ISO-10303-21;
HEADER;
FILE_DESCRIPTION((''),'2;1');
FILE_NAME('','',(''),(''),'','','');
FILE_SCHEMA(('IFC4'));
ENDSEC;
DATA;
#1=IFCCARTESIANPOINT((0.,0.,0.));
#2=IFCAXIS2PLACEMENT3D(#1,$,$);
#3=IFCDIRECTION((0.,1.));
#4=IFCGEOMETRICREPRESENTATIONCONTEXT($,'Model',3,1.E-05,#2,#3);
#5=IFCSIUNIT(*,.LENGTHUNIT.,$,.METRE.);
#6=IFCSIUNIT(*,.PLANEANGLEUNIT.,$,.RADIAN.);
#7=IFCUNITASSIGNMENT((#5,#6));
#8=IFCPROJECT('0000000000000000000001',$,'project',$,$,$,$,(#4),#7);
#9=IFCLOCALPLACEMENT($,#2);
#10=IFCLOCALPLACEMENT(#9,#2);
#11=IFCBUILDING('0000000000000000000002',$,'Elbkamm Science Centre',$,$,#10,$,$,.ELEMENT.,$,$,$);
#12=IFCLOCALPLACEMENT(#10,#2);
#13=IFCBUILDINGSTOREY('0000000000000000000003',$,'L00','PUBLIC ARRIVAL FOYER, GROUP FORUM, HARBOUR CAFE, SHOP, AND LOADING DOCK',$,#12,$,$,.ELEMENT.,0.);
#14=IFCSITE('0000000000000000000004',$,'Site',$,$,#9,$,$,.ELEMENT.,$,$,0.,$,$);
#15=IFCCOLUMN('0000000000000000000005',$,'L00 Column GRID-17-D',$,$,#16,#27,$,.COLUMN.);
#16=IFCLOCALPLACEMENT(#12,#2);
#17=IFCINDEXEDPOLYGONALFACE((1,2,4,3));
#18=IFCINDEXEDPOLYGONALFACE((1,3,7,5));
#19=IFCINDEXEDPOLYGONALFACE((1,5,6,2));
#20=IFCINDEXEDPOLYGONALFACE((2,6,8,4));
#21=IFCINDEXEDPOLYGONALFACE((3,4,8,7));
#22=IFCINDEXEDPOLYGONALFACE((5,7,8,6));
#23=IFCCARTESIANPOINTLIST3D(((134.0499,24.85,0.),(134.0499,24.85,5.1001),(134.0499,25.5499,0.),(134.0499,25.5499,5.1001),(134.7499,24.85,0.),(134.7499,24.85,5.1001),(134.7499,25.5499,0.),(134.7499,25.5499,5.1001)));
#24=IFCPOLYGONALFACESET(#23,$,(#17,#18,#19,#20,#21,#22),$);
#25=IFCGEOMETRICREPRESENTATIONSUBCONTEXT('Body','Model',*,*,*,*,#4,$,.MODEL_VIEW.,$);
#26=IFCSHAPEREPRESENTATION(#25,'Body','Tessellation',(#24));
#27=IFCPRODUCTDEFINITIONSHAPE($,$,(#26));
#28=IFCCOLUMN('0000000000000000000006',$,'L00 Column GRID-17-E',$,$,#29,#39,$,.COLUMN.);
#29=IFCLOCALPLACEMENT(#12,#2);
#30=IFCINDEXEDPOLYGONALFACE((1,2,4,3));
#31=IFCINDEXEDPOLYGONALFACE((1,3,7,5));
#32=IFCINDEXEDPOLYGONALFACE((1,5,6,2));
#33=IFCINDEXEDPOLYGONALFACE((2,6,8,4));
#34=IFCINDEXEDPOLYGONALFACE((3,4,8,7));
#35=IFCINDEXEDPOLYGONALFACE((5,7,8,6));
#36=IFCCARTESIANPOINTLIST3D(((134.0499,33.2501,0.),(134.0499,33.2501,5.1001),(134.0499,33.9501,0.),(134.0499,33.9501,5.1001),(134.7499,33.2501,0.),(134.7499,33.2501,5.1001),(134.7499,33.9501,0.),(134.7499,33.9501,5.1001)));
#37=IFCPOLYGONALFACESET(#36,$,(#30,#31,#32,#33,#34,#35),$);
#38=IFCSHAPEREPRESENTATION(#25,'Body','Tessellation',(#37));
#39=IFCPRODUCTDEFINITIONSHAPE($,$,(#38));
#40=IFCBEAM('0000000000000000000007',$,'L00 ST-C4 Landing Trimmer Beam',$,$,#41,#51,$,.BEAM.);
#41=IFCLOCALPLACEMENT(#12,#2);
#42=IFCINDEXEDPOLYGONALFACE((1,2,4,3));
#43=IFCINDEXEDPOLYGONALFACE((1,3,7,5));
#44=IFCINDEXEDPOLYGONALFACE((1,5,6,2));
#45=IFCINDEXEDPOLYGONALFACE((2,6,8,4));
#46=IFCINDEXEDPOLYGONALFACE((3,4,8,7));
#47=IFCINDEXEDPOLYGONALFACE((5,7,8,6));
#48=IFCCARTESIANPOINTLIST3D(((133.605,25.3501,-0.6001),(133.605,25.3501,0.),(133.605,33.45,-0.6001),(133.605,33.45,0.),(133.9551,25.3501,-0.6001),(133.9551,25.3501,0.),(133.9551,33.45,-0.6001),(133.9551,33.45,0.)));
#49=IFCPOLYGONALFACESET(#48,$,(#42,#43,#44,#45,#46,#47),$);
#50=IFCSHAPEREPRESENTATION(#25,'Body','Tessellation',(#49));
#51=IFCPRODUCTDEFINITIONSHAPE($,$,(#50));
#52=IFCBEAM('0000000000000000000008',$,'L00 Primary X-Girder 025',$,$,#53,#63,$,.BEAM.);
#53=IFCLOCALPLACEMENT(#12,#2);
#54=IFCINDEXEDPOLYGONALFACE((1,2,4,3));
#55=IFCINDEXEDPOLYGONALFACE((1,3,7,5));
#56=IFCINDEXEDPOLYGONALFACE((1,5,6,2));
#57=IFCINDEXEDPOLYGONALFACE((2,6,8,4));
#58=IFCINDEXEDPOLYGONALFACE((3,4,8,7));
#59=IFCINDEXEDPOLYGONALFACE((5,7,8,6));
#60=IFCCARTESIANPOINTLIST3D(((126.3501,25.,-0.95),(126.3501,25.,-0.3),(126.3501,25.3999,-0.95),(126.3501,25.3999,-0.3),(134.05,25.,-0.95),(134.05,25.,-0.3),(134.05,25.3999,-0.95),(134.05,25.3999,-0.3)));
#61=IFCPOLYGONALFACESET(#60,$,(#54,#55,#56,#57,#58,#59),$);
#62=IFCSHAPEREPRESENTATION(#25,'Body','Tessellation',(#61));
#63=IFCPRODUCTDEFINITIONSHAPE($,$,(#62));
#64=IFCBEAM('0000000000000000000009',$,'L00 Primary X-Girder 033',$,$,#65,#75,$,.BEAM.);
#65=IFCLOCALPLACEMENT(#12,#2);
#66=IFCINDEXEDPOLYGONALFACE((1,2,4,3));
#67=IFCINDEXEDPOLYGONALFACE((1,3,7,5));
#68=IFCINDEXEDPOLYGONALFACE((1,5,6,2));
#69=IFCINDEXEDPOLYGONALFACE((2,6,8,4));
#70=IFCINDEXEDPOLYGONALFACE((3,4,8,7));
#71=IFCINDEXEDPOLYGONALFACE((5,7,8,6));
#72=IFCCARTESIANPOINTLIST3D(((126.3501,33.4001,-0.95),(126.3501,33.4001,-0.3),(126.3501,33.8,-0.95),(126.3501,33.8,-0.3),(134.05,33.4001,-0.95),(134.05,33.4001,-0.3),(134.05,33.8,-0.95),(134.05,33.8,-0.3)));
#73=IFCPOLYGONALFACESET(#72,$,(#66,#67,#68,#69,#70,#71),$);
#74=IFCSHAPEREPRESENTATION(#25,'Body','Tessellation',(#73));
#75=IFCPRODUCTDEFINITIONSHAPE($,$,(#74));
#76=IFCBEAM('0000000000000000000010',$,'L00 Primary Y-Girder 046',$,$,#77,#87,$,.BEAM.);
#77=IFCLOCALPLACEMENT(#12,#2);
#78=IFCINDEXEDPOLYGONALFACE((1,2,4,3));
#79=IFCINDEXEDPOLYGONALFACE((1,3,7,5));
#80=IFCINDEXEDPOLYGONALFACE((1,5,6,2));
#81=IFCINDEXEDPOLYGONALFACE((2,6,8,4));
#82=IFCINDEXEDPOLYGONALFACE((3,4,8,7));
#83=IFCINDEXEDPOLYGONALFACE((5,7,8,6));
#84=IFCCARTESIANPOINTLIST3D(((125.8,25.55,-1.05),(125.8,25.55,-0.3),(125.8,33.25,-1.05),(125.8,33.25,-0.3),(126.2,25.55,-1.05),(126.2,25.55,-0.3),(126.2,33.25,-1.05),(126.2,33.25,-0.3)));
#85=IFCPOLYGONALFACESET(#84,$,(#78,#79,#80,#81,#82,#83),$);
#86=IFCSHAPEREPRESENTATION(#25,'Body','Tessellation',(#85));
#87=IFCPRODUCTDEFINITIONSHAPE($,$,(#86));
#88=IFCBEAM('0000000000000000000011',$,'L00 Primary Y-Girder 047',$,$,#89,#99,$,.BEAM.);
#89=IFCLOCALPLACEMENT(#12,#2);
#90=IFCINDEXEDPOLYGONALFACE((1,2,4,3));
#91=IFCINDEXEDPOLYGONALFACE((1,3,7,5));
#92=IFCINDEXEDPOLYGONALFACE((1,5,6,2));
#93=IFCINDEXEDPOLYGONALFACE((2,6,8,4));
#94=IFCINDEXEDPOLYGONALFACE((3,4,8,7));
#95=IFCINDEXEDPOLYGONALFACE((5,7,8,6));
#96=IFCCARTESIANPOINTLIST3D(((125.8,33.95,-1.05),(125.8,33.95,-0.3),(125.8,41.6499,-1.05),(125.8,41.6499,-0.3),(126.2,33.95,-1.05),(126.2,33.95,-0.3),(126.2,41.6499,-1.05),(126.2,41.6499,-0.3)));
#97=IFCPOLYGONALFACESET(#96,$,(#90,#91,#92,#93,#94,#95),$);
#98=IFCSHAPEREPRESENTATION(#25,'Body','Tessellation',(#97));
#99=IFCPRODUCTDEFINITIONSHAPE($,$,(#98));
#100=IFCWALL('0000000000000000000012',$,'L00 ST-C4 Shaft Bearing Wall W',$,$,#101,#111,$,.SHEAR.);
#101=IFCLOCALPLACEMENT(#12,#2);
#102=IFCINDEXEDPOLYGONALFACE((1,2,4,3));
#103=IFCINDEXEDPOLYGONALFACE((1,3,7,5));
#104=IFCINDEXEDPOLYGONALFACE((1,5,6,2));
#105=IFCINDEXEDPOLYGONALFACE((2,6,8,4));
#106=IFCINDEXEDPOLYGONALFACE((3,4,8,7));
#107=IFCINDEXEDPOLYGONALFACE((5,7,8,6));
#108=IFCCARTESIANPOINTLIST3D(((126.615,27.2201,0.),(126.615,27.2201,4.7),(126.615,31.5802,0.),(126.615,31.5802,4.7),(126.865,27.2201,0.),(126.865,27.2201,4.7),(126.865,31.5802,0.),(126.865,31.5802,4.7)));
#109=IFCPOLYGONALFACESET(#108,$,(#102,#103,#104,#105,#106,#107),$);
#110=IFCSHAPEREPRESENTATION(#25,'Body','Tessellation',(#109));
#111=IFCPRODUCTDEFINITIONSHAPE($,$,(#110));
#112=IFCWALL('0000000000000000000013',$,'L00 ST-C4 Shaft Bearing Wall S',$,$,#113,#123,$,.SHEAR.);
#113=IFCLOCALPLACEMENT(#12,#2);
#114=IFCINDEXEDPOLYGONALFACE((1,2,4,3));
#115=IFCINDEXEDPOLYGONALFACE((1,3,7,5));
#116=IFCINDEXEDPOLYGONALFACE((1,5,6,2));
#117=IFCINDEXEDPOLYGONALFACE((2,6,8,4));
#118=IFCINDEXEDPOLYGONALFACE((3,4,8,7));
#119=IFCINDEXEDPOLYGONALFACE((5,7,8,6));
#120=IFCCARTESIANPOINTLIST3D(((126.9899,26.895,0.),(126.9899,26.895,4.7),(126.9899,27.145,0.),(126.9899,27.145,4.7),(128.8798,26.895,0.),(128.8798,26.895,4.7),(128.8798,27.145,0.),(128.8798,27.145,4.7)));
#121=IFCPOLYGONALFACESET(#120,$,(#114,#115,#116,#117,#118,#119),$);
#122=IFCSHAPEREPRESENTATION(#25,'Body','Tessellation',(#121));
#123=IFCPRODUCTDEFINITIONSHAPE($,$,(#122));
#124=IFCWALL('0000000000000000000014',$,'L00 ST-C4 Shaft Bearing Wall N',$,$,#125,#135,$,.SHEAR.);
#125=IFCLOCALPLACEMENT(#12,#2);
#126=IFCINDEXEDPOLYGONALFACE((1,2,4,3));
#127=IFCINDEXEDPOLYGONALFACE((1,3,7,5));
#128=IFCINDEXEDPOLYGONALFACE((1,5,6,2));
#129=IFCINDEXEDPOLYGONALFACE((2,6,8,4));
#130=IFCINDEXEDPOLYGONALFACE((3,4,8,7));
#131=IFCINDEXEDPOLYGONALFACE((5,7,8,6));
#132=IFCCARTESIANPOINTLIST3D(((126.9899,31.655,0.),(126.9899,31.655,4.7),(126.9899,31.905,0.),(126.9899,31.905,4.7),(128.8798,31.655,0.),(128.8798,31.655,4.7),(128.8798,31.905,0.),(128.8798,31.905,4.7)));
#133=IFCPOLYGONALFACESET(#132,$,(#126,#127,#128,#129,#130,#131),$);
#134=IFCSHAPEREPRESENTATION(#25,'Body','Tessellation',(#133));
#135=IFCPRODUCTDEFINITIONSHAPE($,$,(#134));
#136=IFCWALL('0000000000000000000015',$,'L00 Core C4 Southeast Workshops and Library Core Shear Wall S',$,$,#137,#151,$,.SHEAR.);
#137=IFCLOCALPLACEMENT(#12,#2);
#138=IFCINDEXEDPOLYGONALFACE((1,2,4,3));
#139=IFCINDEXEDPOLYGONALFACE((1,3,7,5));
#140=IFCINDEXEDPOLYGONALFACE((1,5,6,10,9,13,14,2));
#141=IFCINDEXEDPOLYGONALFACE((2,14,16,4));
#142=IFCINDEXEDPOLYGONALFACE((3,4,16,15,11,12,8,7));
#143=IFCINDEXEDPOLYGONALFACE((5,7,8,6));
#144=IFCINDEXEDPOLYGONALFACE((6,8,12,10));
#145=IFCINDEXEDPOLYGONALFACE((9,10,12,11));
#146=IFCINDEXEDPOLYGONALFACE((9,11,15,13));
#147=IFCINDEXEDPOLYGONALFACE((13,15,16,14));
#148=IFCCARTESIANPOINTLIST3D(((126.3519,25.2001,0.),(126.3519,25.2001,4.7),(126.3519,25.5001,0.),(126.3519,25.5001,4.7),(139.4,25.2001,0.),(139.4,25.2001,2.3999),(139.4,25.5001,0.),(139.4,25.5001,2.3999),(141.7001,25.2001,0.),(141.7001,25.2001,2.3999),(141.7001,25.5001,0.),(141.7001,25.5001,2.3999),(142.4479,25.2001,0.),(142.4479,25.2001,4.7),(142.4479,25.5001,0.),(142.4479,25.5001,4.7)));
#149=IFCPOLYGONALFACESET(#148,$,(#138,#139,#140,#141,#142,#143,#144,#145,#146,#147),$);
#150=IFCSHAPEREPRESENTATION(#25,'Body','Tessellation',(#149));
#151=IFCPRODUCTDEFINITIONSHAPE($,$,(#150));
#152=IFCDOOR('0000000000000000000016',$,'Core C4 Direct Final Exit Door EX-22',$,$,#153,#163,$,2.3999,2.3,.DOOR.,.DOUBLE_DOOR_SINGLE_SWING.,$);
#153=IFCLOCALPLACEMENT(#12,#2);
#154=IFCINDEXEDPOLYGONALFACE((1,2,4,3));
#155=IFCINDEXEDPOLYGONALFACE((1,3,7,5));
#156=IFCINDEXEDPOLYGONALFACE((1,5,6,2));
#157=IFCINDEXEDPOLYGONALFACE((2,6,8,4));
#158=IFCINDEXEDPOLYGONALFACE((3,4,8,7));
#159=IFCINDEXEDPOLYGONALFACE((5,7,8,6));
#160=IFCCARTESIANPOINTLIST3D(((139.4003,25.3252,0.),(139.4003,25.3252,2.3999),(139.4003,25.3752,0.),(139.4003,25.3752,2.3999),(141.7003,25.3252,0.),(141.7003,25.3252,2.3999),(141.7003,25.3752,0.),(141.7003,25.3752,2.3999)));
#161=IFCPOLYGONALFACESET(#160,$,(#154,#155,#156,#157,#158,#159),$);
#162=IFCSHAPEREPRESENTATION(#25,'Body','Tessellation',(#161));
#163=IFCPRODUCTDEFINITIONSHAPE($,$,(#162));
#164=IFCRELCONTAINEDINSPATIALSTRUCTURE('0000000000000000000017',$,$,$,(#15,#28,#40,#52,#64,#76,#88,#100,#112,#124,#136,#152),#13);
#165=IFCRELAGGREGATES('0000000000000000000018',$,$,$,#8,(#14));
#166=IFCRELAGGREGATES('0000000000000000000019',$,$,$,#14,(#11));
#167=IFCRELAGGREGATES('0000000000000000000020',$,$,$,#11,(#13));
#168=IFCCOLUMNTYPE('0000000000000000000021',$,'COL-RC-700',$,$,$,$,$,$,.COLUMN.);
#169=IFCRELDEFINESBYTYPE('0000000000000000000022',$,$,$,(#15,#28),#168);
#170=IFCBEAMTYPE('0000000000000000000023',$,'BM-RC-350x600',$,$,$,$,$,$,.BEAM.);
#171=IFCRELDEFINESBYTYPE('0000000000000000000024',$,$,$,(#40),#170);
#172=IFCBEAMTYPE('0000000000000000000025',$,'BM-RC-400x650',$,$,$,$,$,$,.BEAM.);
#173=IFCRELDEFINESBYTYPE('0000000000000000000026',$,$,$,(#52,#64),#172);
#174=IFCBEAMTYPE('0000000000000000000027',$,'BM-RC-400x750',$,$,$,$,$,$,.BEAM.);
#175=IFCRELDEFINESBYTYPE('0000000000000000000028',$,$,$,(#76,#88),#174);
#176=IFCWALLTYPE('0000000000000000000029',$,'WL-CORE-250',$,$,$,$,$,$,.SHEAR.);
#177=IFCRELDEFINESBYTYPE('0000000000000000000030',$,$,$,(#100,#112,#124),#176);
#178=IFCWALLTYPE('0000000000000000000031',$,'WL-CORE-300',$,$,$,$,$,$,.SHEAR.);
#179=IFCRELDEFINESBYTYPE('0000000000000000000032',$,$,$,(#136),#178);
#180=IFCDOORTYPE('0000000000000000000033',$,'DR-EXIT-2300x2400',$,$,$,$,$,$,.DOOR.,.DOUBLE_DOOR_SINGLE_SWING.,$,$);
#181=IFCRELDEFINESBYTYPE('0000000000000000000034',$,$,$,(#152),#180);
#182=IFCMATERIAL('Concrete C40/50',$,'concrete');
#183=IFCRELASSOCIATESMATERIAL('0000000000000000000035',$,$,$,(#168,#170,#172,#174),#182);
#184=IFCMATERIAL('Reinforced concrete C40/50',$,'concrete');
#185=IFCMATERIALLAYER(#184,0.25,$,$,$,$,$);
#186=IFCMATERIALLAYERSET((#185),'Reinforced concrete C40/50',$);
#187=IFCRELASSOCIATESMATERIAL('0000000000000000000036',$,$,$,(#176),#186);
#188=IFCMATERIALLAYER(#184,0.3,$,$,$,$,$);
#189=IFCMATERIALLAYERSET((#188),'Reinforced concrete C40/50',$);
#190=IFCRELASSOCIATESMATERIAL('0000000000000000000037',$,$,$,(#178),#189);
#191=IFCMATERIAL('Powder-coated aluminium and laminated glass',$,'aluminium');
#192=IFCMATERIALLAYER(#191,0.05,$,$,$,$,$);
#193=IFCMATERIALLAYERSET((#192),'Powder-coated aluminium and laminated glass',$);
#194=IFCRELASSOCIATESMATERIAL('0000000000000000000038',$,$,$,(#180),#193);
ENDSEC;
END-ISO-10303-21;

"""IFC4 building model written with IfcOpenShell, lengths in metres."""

from ifc_helpers import new_model, si_unit, direction, frame, frame_2d, origin, origin_2d, place, context, subcontext, project, spatial, rectangle, extrude, material, layer, layer_set, material_profile, profile_set, type_object, element, fill, save


model = new_model("IFC4")

# Units and contexts
model_context = context("Model", 3, precision=1e-05, world=origin(), true_north=direction((0.0, 1.0)))
body_context = subcontext(model_context, "Body", "Model", "MODEL_VIEW")
ifc_project = project(units=[si_unit("LENGTHUNIT", "METRE"), si_unit("PLANEANGLEUNIT", "RADIAN")], contexts=[model_context])

# Site, building, storey
site_placement = place(None, origin())
site = spatial("IfcSite", under=ifc_project, at=site_placement, Name="Site", CompositionType="ELEMENT", RefElevation=0.0)
building_placement = place(site_placement, origin())
building = spatial("IfcBuilding", under=site, at=building_placement, Name="Elbkamm Science Centre", CompositionType="ELEMENT")
storey_placement = place(building_placement, origin())
storey = spatial("IfcBuildingStorey", under=building, at=storey_placement, Name="L00", Description="PUBLIC ARRIVAL FOYER, GROUP FORUM, HARBOUR CAFE, SHOP, AND LOADING DOCK", CompositionType="ELEMENT", Elevation=0.0)

# Columns
ifc_material_1 = material(Name="Concrete C40/50", Category="concrete")
ifc_material_profile_1 = material_profile(ifc_material_1, rectangle(XDim=0.7, YDim=0.7, at=origin_2d()), Name="RC 700x700")
ifc_profile_set_1 = profile_set([ifc_material_profile_1], Name="Concrete C40/50")
column_type = type_object("IfcColumnType", Name="COL-RC-700", PredefinedType="COLUMN", material=ifc_profile_set_1)
for number, where, z_axis, x_axis, name in (
    (1, (134.3999, 25.2, 0.0), (0.0, 0.0, 1.0), (1.0, 0.0, 0.0), "L00 Column GRID-17-D"),
    (2, (134.3999, 33.6001, 0.0), (0.0, 0.0, 1.0), (1.0, 0.0, 0.0), "L00 Column GRID-17-E"),
):
    element("IfcColumn", number, at=place(storey_placement, frame(where, z_axis=z_axis, x_axis=x_axis)), inside=storey, type_object=column_type, Name=name, PredefinedType="COLUMN", context=body_context, shape_type="SweptSolid", body=[
        extrude(rectangle(XDim=0.7, YDim=0.7, at=origin_2d()), origin(), (0.0, 0.0, 1.0), 5.1001),
    ])

# Beams
ifc_material_profile_2 = material_profile(ifc_material_1, rectangle(XDim=0.3501, YDim=0.6001, at=origin_2d()), Name="RC 350x600")
ifc_profile_set_2 = profile_set([ifc_material_profile_2], Name="Concrete C40/50")
beam_type_1 = type_object("IfcBeamType", Name="BM-RC-350x600", PredefinedType="BEAM", material=ifc_profile_set_2)
beam_placement = place(storey_placement, frame((133.78, 25.3501, -0.3), z_axis=(0.0, 1.0, 0.0), x_axis=(-1.0, 0.0, 0.0)))
element("IfcBeam", 3, at=beam_placement, inside=storey, type_object=beam_type_1, Name="L00 ST-C4 Landing Trimmer Beam", PredefinedType="BEAM", context=body_context, shape_type="SweptSolid", body=[
    extrude(rectangle(XDim=0.3501, YDim=0.6001, at=origin_2d()), origin(), (0.0, 0.0, 1.0), 8.0999),
])
ifc_material_profile_3 = material_profile(ifc_material_1, rectangle(XDim=0.3999, YDim=0.6499, at=origin_2d()), Name="RC 400x650")
ifc_profile_set_3 = profile_set([ifc_material_profile_3], Name="Concrete C40/50")
beam_type_2 = type_object("IfcBeamType", Name="BM-RC-400x650", PredefinedType="BEAM", material=ifc_profile_set_3)
for number, where, z_axis, x_axis, name in (
    (4, (126.3501, 25.2, -0.625), (1.0, 0.0, 0.0), (0.0, 1.0, 0.0), "L00 Primary X-Girder 025"),
    (5, (126.3501, 33.6001, -0.625), (1.0, 0.0, 0.0), (0.0, 1.0, 0.0), "L00 Primary X-Girder 033"),
):
    element("IfcBeam", number, at=place(storey_placement, frame(where, z_axis=z_axis, x_axis=x_axis)), inside=storey, type_object=beam_type_2, Name=name, PredefinedType="BEAM", context=body_context, shape_type="SweptSolid", body=[
        extrude(rectangle(XDim=0.3999, YDim=0.6499, at=origin_2d()), origin(), (0.0, 0.0, 1.0), 7.7),
    ])
ifc_material_profile_4 = material_profile(ifc_material_1, rectangle(XDim=0.3999, YDim=0.75, at=origin_2d()), Name="RC 400x750")
ifc_profile_set_4 = profile_set([ifc_material_profile_4], Name="Concrete C40/50")
beam_type_3 = type_object("IfcBeamType", Name="BM-RC-400x750", PredefinedType="BEAM", material=ifc_profile_set_4)
for number, where, z_axis, x_axis, name in (
    (6, (126.0, 25.55, -0.675), (0.0, 1.0, 0.0), (-1.0, 0.0, 0.0), "L00 Primary Y-Girder 046"),
    (7, (126.0, 33.95, -0.675), (0.0, 1.0, 0.0), (-1.0, 0.0, 0.0), "L00 Primary Y-Girder 047"),
):
    element("IfcBeam", number, at=place(storey_placement, frame(where, z_axis=z_axis, x_axis=x_axis)), inside=storey, type_object=beam_type_3, Name=name, PredefinedType="BEAM", context=body_context, shape_type="SweptSolid", body=[
        extrude(rectangle(XDim=0.3999, YDim=0.75, at=origin_2d()), origin(), (0.0, 0.0, 1.0), 7.7),
    ])

# Walls
ifc_material_2 = material(Name="Reinforced concrete C40/50", Category="concrete")
ifc_layer_1 = layer(ifc_material_2, 0.25)
ifc_layer_set_1 = layer_set([ifc_layer_1], Name="Reinforced concrete C40/50")
wall_type_1 = type_object("IfcWallType", Name="WL-CORE-250", PredefinedType="SHEAR", material=ifc_layer_set_1)
wall_1_placement = place(storey_placement, frame((126.74, 27.22, 0.0), z_axis=(0.0, 0.0, 1.0), x_axis=(0.0, 1.0, 0.0)))
element("IfcWall", 8, at=wall_1_placement, inside=storey, type_object=wall_type_1, Name="L00 ST-C4 Shaft Bearing Wall W", PredefinedType="SHEAR", context=body_context, shape_type="SweptSolid", body=[
    extrude(rectangle(XDim=4.3601, YDim=0.25, at=frame_2d((2.1802, 0.0))), origin(), (0.0, 0.0, 1.0), 4.7),
])
for number, where, z_axis, x_axis, name in (
    (9, (126.99, 27.02, 0.0), (0.0, 0.0, 1.0), (1.0, 0.0, 0.0), "L00 ST-C4 Shaft Bearing Wall S"),
    (10, (126.99, 31.78, 0.0), (0.0, 0.0, 1.0), (1.0, 0.0, 0.0), "L00 ST-C4 Shaft Bearing Wall N"),
):
    element("IfcWall", number, at=place(storey_placement, frame(where, z_axis=z_axis, x_axis=x_axis)), inside=storey, type_object=wall_type_1, Name=name, PredefinedType="SHEAR", context=body_context, shape_type="SweptSolid", body=[
        extrude(rectangle(XDim=1.8899, YDim=0.25, at=frame_2d((0.9448, 0.0))), origin(), (0.0, 0.0, 1.0), 4.7),
    ])

# Wall, opening, door
ifc_layer_2 = layer(ifc_material_2, 0.3)
ifc_layer_set_2 = layer_set([ifc_layer_2], Name="Reinforced concrete C40/50")
wall_type_2 = type_object("IfcWallType", Name="WL-CORE-300", PredefinedType="SHEAR", material=ifc_layer_set_2)
wall_2_placement = place(storey_placement, frame((126.3521, 25.3501, 0.0), z_axis=(0.0, 0.0, 1.0), x_axis=(1.0, 0.0, 0.0)))
wall_2 = element("IfcWall", 11, at=wall_2_placement, inside=storey, type_object=wall_type_2, Name="L00 Core C4 Southeast Workshops and Library Core Shear Wall S", PredefinedType="SHEAR", context=body_context, shape_type="SweptSolid", body=[
    extrude(rectangle(XDim=16.0959, YDim=0.3, at=frame_2d((8.0479, 0.0))), origin(), (0.0, 0.0, 1.0), 4.7),
])
opening_1_placement = place(wall_2_placement, frame((13.0481, 0.0, 0.0)))
opening_1 = element("IfcOpeningElement", 12, at=opening_1_placement, cuts=wall_2, PredefinedType="OPENING", context=body_context, shape_type="SweptSolid", body=[
    extrude(rectangle(XDim=2.3, YDim=2.3999, at=frame_2d((1.1499, 1.2))), frame((0.0, 0.1621, 0.0), z_axis=(0.0, -1.0, 0.0), x_axis=(1.0, 0.0, 0.0)), (0.0, 0.0, 1.0), 0.324),
])
ifc_material_3 = material(Name="Powder-coated aluminium and laminated glass", Category="aluminium")
ifc_layer_3 = layer(ifc_material_3, 0.05)
ifc_layer_set_3 = layer_set([ifc_layer_3], Name="Powder-coated aluminium and laminated glass")
door_type_1 = type_object("IfcDoorType", Name="DR-EXIT-2300x2400", OperationType="DOUBLE_DOOR_SINGLE_SWING", PredefinedType="DOOR", material=ifc_layer_set_3)
door_1_placement = place(opening_1_placement, frame((2.3, 0.0, 0.0), z_axis=(0.0, 0.0, 1.0), x_axis=(-1.0, 0.0, 0.0)))
door_1 = element("IfcDoor", 13, at=door_1_placement, inside=storey, type_object=door_type_1, Name="Core C4 Direct Final Exit Door EX-22", OperationType="DOUBLE_DOOR_SINGLE_SWING", OverallHeight=2.3999, OverallWidth=2.3, PredefinedType="DOOR", context=body_context, shape_type="SweptSolid", body=[
    extrude(rectangle(XDim=2.3, YDim=2.3999, at=frame_2d((1.1499, 1.2))), frame((0.0, 0.0249, 0.0), z_axis=(0.0, -1.0, 0.0), x_axis=(1.0, 0.0, 0.0)), (0.0, 0.0, 1.0), 0.05),
])
fill(opening_1, door_1)

save(model, "model.ifc")
